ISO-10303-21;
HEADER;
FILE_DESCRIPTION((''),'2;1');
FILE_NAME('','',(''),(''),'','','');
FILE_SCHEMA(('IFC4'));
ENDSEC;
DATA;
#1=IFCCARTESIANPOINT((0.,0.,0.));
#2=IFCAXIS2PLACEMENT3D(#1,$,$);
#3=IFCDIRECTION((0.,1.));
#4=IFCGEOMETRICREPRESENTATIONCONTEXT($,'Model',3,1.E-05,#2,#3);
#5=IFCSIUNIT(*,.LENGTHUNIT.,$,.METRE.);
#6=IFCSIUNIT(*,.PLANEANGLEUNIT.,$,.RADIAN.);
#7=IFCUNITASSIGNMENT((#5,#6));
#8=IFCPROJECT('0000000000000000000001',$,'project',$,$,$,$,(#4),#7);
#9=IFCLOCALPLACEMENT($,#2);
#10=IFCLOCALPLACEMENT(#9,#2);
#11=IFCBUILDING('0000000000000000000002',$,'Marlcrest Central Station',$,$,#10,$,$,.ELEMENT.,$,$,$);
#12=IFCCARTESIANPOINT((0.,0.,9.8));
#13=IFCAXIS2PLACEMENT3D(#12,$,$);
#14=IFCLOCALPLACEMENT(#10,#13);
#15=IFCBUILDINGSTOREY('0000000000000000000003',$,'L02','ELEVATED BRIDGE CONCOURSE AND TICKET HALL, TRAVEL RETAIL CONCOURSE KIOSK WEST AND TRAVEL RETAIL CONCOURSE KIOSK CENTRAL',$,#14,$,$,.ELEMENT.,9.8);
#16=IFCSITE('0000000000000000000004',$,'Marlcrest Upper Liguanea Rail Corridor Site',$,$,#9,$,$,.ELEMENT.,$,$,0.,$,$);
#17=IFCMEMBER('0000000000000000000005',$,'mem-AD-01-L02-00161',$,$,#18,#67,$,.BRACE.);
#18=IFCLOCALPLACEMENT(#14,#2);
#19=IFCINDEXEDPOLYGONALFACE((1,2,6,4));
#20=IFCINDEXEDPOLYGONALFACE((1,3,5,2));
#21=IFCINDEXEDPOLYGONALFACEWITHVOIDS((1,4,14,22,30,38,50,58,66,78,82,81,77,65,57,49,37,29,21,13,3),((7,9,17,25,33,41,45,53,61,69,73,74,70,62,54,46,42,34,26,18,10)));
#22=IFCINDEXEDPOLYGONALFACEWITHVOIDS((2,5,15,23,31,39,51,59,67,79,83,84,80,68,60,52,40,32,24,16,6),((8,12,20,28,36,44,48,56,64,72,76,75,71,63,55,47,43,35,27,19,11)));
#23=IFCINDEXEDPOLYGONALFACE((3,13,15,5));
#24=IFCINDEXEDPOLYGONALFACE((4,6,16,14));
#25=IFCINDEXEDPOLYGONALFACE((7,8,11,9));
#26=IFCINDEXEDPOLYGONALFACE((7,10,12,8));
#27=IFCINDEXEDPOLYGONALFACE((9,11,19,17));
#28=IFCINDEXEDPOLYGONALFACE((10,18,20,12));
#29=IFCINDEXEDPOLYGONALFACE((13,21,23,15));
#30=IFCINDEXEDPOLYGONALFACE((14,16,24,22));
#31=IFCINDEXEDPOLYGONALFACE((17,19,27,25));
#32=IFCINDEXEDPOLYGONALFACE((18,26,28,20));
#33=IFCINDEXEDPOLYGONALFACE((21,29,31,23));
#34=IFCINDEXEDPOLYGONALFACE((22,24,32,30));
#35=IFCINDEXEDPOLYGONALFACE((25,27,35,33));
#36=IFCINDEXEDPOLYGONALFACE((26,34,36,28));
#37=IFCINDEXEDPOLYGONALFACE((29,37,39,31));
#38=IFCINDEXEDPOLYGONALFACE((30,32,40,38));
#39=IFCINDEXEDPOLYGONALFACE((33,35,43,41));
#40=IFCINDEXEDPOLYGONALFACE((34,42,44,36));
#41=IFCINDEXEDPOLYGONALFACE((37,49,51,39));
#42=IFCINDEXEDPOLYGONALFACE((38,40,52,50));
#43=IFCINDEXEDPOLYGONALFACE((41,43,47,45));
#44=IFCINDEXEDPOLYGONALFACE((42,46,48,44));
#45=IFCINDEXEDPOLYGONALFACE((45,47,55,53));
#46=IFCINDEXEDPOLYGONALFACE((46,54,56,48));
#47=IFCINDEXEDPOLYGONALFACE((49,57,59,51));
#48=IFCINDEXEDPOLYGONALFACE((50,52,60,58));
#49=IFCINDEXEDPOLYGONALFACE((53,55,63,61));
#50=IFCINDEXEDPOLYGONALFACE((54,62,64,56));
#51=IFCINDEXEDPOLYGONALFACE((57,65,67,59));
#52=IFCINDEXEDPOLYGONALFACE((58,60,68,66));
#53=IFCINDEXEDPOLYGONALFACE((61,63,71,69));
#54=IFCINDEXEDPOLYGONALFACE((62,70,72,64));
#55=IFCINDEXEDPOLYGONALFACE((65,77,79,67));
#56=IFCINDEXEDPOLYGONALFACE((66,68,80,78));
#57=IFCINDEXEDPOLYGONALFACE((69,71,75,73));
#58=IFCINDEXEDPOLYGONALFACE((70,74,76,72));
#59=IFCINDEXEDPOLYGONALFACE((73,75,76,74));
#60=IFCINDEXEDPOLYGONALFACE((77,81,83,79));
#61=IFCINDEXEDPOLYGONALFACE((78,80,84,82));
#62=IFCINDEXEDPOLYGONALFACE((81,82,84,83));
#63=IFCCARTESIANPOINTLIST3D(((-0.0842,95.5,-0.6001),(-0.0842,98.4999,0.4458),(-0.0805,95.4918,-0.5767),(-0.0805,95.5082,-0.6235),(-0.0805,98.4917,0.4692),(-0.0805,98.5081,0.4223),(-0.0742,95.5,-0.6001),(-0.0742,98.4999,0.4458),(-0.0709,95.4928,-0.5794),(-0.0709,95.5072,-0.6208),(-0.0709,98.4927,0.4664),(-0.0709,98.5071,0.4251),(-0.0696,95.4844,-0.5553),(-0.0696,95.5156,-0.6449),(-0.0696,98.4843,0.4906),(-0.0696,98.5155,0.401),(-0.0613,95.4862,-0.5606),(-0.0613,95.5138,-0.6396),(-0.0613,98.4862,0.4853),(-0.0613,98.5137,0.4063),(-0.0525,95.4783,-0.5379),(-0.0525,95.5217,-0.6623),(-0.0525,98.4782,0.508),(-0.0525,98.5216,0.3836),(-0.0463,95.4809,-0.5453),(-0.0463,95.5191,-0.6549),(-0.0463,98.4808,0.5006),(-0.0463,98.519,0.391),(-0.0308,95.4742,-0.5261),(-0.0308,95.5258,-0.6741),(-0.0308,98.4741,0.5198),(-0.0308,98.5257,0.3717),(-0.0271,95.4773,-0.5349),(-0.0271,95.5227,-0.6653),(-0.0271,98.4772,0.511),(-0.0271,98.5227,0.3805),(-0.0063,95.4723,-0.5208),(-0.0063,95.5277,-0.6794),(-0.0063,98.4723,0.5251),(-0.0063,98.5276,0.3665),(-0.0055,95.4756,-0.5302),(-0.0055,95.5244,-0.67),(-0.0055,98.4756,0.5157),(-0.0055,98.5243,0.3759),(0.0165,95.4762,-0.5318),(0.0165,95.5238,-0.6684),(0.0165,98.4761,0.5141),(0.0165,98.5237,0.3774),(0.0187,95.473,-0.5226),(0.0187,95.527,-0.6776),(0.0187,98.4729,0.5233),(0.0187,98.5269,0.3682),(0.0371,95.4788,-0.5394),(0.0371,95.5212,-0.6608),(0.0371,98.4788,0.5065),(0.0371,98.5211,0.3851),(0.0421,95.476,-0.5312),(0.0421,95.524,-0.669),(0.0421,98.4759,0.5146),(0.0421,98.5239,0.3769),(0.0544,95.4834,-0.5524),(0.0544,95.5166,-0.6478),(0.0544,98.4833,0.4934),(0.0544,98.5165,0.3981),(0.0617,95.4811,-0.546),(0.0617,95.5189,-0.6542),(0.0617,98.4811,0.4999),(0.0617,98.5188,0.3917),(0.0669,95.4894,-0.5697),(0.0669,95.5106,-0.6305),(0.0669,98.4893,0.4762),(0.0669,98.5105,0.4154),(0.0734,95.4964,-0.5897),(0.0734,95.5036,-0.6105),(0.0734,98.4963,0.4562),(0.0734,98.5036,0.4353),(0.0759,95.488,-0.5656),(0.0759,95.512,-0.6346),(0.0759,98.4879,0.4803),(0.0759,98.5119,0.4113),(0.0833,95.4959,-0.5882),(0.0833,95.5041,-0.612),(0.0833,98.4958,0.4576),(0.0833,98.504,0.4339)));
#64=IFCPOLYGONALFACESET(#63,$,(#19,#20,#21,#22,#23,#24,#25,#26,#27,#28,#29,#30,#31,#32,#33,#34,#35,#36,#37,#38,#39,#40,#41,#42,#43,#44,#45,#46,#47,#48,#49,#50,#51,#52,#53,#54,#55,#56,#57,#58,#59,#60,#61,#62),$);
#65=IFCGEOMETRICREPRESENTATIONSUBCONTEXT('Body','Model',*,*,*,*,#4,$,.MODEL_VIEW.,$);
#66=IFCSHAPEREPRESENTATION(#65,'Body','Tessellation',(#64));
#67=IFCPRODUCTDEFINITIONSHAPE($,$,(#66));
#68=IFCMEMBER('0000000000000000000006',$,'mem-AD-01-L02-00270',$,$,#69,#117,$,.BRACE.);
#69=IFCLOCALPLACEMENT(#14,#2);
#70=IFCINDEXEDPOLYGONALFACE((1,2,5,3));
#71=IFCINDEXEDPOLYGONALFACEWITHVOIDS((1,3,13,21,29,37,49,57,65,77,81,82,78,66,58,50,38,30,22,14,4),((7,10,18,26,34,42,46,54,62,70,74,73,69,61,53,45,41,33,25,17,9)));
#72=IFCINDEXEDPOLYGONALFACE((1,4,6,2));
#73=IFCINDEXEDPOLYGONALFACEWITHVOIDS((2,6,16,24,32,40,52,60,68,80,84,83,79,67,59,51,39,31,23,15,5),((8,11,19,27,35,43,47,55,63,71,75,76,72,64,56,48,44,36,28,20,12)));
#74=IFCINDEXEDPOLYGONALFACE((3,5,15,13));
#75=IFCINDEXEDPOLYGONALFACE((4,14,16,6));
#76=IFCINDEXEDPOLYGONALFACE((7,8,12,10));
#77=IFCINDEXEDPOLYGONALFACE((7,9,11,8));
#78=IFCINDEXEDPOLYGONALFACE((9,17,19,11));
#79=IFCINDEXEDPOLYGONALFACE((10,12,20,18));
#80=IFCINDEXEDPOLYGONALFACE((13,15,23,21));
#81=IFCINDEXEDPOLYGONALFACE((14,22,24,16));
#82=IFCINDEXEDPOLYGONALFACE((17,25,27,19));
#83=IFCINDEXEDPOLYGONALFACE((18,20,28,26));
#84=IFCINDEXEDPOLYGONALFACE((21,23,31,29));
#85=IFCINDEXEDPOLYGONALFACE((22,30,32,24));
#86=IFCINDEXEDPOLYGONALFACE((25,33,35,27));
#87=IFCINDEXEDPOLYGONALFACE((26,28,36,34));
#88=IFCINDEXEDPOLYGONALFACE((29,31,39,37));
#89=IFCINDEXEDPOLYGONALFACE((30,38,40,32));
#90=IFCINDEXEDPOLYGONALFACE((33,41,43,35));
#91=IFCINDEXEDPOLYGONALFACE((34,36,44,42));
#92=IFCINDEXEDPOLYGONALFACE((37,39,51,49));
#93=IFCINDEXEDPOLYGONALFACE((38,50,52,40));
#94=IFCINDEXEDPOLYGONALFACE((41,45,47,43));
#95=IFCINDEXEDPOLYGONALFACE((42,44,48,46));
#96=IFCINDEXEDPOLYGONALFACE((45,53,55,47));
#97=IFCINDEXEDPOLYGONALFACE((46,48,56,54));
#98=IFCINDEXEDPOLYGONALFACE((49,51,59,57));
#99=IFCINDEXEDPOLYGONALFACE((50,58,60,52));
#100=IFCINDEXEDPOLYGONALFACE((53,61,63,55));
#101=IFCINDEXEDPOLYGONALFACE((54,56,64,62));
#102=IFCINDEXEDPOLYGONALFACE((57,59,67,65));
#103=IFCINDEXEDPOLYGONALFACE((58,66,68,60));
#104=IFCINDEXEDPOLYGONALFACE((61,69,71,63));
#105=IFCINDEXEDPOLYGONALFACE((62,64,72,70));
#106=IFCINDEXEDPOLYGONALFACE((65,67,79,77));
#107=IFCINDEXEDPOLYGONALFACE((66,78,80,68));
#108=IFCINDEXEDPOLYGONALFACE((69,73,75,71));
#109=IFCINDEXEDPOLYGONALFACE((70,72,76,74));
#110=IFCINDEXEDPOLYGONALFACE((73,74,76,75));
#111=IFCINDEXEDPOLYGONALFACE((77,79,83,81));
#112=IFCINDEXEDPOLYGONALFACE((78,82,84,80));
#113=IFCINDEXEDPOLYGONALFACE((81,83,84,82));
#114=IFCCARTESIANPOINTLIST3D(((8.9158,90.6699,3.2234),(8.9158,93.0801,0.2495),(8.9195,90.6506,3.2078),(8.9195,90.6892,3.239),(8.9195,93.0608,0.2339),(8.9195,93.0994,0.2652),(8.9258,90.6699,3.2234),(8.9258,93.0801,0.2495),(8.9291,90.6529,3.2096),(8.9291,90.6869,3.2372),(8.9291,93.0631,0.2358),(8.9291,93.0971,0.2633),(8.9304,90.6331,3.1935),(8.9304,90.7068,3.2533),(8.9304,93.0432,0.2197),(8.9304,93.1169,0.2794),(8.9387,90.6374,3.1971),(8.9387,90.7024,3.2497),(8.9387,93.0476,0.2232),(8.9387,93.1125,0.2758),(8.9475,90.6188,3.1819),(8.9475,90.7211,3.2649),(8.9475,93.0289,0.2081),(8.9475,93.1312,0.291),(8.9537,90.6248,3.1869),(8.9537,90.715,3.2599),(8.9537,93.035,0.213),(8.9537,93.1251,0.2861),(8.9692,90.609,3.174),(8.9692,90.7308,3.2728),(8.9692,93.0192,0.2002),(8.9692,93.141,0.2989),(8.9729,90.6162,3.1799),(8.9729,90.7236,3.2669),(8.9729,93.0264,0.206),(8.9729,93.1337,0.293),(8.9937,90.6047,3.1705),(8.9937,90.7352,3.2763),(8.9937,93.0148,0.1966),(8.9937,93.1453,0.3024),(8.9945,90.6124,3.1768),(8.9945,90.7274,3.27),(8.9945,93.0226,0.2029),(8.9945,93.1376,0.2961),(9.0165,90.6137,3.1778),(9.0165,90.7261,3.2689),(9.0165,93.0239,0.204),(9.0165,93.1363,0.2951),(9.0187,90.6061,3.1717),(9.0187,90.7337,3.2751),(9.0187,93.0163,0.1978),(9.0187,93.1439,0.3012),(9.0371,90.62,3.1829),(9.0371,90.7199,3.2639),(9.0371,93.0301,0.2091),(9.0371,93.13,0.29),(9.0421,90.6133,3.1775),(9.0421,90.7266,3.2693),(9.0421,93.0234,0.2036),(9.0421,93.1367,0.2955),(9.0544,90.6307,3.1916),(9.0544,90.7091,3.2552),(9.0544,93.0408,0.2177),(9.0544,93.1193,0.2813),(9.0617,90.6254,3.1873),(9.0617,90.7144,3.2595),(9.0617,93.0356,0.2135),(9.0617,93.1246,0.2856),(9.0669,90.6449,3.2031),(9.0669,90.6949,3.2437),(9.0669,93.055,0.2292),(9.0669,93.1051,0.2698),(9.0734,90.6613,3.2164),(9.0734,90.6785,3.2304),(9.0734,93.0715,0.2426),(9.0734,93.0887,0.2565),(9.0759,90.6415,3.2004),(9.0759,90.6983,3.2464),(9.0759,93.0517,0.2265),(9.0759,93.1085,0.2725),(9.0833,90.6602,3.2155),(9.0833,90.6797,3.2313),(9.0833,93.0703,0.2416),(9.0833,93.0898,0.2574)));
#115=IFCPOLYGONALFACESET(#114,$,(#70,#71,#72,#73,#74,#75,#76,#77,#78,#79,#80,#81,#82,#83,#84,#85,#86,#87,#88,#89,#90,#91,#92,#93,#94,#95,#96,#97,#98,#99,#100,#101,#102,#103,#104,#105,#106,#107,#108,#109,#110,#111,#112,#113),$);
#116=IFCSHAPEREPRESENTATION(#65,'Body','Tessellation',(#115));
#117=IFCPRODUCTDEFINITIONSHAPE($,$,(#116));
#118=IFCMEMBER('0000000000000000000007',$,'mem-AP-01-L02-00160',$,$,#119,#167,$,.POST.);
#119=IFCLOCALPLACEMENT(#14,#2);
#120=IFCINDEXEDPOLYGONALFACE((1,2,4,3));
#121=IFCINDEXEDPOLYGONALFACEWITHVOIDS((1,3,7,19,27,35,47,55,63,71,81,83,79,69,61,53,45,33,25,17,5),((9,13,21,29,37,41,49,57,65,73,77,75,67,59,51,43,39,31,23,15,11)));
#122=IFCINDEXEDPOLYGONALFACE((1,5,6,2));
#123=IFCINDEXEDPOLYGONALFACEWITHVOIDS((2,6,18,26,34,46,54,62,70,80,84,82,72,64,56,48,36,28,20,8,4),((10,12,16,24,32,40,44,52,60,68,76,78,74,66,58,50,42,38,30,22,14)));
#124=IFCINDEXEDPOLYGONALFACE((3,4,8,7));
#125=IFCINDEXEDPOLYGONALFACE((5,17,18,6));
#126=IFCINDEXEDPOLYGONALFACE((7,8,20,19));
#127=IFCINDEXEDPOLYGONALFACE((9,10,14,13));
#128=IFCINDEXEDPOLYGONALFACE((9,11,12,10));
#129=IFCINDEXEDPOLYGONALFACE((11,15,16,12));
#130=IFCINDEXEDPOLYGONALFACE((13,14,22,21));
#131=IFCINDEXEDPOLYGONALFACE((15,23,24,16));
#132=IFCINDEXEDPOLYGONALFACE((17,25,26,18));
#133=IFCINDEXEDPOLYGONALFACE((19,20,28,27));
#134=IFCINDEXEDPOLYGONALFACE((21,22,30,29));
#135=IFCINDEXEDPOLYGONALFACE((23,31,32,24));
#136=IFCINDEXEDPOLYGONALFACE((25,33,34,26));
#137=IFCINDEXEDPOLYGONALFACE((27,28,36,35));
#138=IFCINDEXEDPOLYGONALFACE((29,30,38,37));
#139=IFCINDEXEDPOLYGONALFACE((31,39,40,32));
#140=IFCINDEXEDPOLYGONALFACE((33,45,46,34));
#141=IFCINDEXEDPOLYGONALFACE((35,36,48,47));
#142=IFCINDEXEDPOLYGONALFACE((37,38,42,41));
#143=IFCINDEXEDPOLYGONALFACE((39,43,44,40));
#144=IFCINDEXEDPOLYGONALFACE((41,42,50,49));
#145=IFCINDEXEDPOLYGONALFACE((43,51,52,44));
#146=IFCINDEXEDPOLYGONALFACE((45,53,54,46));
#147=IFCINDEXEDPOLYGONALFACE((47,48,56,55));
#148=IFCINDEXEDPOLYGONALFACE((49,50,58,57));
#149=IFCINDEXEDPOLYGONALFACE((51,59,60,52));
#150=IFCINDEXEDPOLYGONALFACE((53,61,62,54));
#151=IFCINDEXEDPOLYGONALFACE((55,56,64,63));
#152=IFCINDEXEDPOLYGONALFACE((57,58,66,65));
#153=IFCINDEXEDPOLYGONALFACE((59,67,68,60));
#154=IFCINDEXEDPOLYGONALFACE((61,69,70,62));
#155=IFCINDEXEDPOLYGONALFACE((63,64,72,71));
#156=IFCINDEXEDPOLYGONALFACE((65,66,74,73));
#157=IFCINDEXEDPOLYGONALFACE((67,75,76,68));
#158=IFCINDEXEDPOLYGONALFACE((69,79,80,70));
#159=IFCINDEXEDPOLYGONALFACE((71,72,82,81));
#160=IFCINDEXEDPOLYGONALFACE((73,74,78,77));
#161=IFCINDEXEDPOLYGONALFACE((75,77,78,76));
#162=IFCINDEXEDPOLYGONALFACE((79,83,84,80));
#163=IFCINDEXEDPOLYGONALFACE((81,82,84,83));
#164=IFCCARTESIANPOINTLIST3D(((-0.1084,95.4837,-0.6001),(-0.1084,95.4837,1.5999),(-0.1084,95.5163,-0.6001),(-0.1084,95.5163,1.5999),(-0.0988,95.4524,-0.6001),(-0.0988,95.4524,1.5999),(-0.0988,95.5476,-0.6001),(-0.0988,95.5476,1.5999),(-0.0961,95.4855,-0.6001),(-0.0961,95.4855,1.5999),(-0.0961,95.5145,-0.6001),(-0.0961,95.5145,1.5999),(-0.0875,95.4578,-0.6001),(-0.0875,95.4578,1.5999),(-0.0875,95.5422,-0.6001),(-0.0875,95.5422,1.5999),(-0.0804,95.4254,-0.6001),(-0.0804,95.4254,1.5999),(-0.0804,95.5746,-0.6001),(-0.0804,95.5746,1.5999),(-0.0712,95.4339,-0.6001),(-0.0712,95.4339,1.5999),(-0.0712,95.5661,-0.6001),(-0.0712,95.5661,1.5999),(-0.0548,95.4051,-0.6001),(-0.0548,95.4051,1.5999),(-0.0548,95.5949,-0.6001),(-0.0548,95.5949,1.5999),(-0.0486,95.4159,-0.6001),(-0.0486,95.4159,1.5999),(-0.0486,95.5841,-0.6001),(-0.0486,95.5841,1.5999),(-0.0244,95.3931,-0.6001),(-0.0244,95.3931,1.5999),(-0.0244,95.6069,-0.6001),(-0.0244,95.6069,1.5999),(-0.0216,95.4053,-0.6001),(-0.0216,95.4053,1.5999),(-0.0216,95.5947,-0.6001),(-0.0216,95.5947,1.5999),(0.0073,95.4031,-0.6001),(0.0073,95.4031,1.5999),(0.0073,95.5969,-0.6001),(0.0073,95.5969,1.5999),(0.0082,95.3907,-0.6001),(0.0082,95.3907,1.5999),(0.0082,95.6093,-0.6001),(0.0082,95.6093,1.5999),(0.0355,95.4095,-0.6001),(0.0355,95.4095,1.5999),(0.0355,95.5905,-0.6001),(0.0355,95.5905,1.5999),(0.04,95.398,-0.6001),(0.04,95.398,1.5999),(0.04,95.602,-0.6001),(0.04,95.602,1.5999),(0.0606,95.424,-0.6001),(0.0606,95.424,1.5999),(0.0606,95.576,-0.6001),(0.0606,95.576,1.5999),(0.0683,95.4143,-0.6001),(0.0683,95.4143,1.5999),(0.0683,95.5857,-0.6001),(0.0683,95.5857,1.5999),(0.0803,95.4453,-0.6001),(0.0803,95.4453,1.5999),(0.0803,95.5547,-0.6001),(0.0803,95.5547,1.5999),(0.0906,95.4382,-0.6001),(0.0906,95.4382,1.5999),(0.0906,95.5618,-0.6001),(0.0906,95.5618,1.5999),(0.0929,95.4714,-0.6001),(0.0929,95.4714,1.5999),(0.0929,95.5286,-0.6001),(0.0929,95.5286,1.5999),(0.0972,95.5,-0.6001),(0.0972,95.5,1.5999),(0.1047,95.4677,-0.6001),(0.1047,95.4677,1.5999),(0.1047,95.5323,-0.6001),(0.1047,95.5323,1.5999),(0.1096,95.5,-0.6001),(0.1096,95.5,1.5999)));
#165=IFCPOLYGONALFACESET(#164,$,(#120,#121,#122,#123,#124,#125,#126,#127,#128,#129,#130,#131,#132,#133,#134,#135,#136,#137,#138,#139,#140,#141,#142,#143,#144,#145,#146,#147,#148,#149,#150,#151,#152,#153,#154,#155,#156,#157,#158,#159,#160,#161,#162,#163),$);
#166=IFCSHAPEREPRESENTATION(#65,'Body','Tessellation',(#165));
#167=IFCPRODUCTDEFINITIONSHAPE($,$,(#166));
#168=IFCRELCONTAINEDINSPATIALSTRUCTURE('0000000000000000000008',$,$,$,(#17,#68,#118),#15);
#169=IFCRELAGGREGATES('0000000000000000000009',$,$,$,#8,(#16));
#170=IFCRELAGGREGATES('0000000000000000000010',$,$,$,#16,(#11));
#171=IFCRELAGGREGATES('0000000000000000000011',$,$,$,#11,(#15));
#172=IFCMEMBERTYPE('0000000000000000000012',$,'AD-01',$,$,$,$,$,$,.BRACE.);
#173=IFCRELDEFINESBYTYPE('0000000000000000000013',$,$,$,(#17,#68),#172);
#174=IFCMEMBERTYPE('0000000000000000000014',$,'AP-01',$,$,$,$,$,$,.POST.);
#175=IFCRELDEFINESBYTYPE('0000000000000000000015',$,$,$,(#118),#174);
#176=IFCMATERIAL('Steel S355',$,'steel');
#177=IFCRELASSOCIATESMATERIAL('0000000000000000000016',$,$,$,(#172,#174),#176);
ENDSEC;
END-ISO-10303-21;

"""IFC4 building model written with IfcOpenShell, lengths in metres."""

from ifc_helpers import new_model, si_unit, direction, frame, origin, origin_2d, place, context, subcontext, project, spatial, hollow_circle, extrude, material, material_profile, profile_set, type_object, element, save


model = new_model("IFC4")

# Units and contexts
model_context = context("Model", 3, precision=1e-05, world=origin(), true_north=direction((0.0, 1.0)))
body_context = subcontext(model_context, "Body", "Model", "MODEL_VIEW")
ifc_project = project(units=[si_unit("LENGTHUNIT", "METRE"), si_unit("PLANEANGLEUNIT", "RADIAN")], contexts=[model_context])

# Site, building, storey
site_placement = place(None, origin())
site = spatial("IfcSite", under=ifc_project, at=site_placement, Name="Marlcrest Upper Liguanea Rail Corridor Site", CompositionType="ELEMENT", RefElevation=0.0)
building_placement = place(site_placement, origin())
building = spatial("IfcBuilding", under=site, at=building_placement, Name="Marlcrest Central Station", CompositionType="ELEMENT")
storey_placement = place(building_placement, frame((0.0, 0.0, 9.8)))
storey = spatial("IfcBuildingStorey", under=building, at=storey_placement, Name="L02", Description="ELEVATED BRIDGE CONCOURSE AND TICKET HALL, TRAVEL RETAIL CONCOURSE KIOSK WEST AND TRAVEL RETAIL CONCOURSE KIOSK CENTRAL", CompositionType="ELEMENT", Elevation=9.8)

# Members
ifc_material_1 = material(Name="Steel S355", Category="steel")
ifc_material_profile_1 = material_profile(ifc_material_1, hollow_circle(Radius=0.0842, WallThickness=0.01, at=origin_2d()), Name="CHS 168.3x10")
ifc_profile_set_1 = profile_set([ifc_material_profile_1], Name="Steel S355")
member_type_1 = type_object("IfcMemberType", Name="AD-01", PredefinedType="BRACE", material=ifc_profile_set_1)
member_1_placement = place(storey_placement, frame((0.0, 95.5, -0.6001), z_axis=(0.0, 0.94426, 0.3292), x_axis=(-1.0, 0.0, 0.0)))
element("IfcMember", 1, at=member_1_placement, inside=storey, type_object=member_type_1, Name="mem-AD-01-L02-00161", PredefinedType="BRACE", context=body_context, shape_type="SweptSolid", body=[
    extrude(hollow_circle(Radius=0.0842, WallThickness=0.01, at=origin_2d()), origin(), (0.0, 0.0, 1.0), 3.177),
])
member_2_placement = place(storey_placement, frame((9.0, 90.6699, 3.2234), z_axis=(0.0, 0.629629, -0.776896), x_axis=(-1.0, 0.0, 0.0)))
element("IfcMember", 2, at=member_2_placement, inside=storey, type_object=member_type_1, Name="mem-AD-01-L02-00270", PredefinedType="BRACE", context=body_context, shape_type="SweptSolid", body=[
    extrude(hollow_circle(Radius=0.0842, WallThickness=0.01, at=origin_2d()), origin(), (0.0, 0.0, 1.0), 3.8279),
])
ifc_material_profile_2 = material_profile(ifc_material_1, hollow_circle(Radius=0.1096, WallThickness=0.0125, at=origin_2d()), Name="CHS 219.1x12.5")
ifc_profile_set_2 = profile_set([ifc_material_profile_2], Name="Steel S355")
member_type_2 = type_object("IfcMemberType", Name="AP-01", PredefinedType="POST", material=ifc_profile_set_2)
for number, where, z_axis, x_axis, name in (
    (3, (0.0, 95.5, -0.6001), (0.0, 0.0, 1.0), (1.0, 0.0, 0.0), "mem-AP-01-L02-00160"),
):
    element("IfcMember", number, at=place(storey_placement, frame(where, z_axis=z_axis, x_axis=x_axis)), inside=storey, type_object=member_type_2, Name=name, PredefinedType="POST", context=body_context, shape_type="SweptSolid", body=[
        extrude(hollow_circle(Radius=0.1096, WallThickness=0.0125, at=origin_2d()), origin(), (0.0, 0.0, 1.0), 2.2),
    ])

save(model, "model.ifc")
